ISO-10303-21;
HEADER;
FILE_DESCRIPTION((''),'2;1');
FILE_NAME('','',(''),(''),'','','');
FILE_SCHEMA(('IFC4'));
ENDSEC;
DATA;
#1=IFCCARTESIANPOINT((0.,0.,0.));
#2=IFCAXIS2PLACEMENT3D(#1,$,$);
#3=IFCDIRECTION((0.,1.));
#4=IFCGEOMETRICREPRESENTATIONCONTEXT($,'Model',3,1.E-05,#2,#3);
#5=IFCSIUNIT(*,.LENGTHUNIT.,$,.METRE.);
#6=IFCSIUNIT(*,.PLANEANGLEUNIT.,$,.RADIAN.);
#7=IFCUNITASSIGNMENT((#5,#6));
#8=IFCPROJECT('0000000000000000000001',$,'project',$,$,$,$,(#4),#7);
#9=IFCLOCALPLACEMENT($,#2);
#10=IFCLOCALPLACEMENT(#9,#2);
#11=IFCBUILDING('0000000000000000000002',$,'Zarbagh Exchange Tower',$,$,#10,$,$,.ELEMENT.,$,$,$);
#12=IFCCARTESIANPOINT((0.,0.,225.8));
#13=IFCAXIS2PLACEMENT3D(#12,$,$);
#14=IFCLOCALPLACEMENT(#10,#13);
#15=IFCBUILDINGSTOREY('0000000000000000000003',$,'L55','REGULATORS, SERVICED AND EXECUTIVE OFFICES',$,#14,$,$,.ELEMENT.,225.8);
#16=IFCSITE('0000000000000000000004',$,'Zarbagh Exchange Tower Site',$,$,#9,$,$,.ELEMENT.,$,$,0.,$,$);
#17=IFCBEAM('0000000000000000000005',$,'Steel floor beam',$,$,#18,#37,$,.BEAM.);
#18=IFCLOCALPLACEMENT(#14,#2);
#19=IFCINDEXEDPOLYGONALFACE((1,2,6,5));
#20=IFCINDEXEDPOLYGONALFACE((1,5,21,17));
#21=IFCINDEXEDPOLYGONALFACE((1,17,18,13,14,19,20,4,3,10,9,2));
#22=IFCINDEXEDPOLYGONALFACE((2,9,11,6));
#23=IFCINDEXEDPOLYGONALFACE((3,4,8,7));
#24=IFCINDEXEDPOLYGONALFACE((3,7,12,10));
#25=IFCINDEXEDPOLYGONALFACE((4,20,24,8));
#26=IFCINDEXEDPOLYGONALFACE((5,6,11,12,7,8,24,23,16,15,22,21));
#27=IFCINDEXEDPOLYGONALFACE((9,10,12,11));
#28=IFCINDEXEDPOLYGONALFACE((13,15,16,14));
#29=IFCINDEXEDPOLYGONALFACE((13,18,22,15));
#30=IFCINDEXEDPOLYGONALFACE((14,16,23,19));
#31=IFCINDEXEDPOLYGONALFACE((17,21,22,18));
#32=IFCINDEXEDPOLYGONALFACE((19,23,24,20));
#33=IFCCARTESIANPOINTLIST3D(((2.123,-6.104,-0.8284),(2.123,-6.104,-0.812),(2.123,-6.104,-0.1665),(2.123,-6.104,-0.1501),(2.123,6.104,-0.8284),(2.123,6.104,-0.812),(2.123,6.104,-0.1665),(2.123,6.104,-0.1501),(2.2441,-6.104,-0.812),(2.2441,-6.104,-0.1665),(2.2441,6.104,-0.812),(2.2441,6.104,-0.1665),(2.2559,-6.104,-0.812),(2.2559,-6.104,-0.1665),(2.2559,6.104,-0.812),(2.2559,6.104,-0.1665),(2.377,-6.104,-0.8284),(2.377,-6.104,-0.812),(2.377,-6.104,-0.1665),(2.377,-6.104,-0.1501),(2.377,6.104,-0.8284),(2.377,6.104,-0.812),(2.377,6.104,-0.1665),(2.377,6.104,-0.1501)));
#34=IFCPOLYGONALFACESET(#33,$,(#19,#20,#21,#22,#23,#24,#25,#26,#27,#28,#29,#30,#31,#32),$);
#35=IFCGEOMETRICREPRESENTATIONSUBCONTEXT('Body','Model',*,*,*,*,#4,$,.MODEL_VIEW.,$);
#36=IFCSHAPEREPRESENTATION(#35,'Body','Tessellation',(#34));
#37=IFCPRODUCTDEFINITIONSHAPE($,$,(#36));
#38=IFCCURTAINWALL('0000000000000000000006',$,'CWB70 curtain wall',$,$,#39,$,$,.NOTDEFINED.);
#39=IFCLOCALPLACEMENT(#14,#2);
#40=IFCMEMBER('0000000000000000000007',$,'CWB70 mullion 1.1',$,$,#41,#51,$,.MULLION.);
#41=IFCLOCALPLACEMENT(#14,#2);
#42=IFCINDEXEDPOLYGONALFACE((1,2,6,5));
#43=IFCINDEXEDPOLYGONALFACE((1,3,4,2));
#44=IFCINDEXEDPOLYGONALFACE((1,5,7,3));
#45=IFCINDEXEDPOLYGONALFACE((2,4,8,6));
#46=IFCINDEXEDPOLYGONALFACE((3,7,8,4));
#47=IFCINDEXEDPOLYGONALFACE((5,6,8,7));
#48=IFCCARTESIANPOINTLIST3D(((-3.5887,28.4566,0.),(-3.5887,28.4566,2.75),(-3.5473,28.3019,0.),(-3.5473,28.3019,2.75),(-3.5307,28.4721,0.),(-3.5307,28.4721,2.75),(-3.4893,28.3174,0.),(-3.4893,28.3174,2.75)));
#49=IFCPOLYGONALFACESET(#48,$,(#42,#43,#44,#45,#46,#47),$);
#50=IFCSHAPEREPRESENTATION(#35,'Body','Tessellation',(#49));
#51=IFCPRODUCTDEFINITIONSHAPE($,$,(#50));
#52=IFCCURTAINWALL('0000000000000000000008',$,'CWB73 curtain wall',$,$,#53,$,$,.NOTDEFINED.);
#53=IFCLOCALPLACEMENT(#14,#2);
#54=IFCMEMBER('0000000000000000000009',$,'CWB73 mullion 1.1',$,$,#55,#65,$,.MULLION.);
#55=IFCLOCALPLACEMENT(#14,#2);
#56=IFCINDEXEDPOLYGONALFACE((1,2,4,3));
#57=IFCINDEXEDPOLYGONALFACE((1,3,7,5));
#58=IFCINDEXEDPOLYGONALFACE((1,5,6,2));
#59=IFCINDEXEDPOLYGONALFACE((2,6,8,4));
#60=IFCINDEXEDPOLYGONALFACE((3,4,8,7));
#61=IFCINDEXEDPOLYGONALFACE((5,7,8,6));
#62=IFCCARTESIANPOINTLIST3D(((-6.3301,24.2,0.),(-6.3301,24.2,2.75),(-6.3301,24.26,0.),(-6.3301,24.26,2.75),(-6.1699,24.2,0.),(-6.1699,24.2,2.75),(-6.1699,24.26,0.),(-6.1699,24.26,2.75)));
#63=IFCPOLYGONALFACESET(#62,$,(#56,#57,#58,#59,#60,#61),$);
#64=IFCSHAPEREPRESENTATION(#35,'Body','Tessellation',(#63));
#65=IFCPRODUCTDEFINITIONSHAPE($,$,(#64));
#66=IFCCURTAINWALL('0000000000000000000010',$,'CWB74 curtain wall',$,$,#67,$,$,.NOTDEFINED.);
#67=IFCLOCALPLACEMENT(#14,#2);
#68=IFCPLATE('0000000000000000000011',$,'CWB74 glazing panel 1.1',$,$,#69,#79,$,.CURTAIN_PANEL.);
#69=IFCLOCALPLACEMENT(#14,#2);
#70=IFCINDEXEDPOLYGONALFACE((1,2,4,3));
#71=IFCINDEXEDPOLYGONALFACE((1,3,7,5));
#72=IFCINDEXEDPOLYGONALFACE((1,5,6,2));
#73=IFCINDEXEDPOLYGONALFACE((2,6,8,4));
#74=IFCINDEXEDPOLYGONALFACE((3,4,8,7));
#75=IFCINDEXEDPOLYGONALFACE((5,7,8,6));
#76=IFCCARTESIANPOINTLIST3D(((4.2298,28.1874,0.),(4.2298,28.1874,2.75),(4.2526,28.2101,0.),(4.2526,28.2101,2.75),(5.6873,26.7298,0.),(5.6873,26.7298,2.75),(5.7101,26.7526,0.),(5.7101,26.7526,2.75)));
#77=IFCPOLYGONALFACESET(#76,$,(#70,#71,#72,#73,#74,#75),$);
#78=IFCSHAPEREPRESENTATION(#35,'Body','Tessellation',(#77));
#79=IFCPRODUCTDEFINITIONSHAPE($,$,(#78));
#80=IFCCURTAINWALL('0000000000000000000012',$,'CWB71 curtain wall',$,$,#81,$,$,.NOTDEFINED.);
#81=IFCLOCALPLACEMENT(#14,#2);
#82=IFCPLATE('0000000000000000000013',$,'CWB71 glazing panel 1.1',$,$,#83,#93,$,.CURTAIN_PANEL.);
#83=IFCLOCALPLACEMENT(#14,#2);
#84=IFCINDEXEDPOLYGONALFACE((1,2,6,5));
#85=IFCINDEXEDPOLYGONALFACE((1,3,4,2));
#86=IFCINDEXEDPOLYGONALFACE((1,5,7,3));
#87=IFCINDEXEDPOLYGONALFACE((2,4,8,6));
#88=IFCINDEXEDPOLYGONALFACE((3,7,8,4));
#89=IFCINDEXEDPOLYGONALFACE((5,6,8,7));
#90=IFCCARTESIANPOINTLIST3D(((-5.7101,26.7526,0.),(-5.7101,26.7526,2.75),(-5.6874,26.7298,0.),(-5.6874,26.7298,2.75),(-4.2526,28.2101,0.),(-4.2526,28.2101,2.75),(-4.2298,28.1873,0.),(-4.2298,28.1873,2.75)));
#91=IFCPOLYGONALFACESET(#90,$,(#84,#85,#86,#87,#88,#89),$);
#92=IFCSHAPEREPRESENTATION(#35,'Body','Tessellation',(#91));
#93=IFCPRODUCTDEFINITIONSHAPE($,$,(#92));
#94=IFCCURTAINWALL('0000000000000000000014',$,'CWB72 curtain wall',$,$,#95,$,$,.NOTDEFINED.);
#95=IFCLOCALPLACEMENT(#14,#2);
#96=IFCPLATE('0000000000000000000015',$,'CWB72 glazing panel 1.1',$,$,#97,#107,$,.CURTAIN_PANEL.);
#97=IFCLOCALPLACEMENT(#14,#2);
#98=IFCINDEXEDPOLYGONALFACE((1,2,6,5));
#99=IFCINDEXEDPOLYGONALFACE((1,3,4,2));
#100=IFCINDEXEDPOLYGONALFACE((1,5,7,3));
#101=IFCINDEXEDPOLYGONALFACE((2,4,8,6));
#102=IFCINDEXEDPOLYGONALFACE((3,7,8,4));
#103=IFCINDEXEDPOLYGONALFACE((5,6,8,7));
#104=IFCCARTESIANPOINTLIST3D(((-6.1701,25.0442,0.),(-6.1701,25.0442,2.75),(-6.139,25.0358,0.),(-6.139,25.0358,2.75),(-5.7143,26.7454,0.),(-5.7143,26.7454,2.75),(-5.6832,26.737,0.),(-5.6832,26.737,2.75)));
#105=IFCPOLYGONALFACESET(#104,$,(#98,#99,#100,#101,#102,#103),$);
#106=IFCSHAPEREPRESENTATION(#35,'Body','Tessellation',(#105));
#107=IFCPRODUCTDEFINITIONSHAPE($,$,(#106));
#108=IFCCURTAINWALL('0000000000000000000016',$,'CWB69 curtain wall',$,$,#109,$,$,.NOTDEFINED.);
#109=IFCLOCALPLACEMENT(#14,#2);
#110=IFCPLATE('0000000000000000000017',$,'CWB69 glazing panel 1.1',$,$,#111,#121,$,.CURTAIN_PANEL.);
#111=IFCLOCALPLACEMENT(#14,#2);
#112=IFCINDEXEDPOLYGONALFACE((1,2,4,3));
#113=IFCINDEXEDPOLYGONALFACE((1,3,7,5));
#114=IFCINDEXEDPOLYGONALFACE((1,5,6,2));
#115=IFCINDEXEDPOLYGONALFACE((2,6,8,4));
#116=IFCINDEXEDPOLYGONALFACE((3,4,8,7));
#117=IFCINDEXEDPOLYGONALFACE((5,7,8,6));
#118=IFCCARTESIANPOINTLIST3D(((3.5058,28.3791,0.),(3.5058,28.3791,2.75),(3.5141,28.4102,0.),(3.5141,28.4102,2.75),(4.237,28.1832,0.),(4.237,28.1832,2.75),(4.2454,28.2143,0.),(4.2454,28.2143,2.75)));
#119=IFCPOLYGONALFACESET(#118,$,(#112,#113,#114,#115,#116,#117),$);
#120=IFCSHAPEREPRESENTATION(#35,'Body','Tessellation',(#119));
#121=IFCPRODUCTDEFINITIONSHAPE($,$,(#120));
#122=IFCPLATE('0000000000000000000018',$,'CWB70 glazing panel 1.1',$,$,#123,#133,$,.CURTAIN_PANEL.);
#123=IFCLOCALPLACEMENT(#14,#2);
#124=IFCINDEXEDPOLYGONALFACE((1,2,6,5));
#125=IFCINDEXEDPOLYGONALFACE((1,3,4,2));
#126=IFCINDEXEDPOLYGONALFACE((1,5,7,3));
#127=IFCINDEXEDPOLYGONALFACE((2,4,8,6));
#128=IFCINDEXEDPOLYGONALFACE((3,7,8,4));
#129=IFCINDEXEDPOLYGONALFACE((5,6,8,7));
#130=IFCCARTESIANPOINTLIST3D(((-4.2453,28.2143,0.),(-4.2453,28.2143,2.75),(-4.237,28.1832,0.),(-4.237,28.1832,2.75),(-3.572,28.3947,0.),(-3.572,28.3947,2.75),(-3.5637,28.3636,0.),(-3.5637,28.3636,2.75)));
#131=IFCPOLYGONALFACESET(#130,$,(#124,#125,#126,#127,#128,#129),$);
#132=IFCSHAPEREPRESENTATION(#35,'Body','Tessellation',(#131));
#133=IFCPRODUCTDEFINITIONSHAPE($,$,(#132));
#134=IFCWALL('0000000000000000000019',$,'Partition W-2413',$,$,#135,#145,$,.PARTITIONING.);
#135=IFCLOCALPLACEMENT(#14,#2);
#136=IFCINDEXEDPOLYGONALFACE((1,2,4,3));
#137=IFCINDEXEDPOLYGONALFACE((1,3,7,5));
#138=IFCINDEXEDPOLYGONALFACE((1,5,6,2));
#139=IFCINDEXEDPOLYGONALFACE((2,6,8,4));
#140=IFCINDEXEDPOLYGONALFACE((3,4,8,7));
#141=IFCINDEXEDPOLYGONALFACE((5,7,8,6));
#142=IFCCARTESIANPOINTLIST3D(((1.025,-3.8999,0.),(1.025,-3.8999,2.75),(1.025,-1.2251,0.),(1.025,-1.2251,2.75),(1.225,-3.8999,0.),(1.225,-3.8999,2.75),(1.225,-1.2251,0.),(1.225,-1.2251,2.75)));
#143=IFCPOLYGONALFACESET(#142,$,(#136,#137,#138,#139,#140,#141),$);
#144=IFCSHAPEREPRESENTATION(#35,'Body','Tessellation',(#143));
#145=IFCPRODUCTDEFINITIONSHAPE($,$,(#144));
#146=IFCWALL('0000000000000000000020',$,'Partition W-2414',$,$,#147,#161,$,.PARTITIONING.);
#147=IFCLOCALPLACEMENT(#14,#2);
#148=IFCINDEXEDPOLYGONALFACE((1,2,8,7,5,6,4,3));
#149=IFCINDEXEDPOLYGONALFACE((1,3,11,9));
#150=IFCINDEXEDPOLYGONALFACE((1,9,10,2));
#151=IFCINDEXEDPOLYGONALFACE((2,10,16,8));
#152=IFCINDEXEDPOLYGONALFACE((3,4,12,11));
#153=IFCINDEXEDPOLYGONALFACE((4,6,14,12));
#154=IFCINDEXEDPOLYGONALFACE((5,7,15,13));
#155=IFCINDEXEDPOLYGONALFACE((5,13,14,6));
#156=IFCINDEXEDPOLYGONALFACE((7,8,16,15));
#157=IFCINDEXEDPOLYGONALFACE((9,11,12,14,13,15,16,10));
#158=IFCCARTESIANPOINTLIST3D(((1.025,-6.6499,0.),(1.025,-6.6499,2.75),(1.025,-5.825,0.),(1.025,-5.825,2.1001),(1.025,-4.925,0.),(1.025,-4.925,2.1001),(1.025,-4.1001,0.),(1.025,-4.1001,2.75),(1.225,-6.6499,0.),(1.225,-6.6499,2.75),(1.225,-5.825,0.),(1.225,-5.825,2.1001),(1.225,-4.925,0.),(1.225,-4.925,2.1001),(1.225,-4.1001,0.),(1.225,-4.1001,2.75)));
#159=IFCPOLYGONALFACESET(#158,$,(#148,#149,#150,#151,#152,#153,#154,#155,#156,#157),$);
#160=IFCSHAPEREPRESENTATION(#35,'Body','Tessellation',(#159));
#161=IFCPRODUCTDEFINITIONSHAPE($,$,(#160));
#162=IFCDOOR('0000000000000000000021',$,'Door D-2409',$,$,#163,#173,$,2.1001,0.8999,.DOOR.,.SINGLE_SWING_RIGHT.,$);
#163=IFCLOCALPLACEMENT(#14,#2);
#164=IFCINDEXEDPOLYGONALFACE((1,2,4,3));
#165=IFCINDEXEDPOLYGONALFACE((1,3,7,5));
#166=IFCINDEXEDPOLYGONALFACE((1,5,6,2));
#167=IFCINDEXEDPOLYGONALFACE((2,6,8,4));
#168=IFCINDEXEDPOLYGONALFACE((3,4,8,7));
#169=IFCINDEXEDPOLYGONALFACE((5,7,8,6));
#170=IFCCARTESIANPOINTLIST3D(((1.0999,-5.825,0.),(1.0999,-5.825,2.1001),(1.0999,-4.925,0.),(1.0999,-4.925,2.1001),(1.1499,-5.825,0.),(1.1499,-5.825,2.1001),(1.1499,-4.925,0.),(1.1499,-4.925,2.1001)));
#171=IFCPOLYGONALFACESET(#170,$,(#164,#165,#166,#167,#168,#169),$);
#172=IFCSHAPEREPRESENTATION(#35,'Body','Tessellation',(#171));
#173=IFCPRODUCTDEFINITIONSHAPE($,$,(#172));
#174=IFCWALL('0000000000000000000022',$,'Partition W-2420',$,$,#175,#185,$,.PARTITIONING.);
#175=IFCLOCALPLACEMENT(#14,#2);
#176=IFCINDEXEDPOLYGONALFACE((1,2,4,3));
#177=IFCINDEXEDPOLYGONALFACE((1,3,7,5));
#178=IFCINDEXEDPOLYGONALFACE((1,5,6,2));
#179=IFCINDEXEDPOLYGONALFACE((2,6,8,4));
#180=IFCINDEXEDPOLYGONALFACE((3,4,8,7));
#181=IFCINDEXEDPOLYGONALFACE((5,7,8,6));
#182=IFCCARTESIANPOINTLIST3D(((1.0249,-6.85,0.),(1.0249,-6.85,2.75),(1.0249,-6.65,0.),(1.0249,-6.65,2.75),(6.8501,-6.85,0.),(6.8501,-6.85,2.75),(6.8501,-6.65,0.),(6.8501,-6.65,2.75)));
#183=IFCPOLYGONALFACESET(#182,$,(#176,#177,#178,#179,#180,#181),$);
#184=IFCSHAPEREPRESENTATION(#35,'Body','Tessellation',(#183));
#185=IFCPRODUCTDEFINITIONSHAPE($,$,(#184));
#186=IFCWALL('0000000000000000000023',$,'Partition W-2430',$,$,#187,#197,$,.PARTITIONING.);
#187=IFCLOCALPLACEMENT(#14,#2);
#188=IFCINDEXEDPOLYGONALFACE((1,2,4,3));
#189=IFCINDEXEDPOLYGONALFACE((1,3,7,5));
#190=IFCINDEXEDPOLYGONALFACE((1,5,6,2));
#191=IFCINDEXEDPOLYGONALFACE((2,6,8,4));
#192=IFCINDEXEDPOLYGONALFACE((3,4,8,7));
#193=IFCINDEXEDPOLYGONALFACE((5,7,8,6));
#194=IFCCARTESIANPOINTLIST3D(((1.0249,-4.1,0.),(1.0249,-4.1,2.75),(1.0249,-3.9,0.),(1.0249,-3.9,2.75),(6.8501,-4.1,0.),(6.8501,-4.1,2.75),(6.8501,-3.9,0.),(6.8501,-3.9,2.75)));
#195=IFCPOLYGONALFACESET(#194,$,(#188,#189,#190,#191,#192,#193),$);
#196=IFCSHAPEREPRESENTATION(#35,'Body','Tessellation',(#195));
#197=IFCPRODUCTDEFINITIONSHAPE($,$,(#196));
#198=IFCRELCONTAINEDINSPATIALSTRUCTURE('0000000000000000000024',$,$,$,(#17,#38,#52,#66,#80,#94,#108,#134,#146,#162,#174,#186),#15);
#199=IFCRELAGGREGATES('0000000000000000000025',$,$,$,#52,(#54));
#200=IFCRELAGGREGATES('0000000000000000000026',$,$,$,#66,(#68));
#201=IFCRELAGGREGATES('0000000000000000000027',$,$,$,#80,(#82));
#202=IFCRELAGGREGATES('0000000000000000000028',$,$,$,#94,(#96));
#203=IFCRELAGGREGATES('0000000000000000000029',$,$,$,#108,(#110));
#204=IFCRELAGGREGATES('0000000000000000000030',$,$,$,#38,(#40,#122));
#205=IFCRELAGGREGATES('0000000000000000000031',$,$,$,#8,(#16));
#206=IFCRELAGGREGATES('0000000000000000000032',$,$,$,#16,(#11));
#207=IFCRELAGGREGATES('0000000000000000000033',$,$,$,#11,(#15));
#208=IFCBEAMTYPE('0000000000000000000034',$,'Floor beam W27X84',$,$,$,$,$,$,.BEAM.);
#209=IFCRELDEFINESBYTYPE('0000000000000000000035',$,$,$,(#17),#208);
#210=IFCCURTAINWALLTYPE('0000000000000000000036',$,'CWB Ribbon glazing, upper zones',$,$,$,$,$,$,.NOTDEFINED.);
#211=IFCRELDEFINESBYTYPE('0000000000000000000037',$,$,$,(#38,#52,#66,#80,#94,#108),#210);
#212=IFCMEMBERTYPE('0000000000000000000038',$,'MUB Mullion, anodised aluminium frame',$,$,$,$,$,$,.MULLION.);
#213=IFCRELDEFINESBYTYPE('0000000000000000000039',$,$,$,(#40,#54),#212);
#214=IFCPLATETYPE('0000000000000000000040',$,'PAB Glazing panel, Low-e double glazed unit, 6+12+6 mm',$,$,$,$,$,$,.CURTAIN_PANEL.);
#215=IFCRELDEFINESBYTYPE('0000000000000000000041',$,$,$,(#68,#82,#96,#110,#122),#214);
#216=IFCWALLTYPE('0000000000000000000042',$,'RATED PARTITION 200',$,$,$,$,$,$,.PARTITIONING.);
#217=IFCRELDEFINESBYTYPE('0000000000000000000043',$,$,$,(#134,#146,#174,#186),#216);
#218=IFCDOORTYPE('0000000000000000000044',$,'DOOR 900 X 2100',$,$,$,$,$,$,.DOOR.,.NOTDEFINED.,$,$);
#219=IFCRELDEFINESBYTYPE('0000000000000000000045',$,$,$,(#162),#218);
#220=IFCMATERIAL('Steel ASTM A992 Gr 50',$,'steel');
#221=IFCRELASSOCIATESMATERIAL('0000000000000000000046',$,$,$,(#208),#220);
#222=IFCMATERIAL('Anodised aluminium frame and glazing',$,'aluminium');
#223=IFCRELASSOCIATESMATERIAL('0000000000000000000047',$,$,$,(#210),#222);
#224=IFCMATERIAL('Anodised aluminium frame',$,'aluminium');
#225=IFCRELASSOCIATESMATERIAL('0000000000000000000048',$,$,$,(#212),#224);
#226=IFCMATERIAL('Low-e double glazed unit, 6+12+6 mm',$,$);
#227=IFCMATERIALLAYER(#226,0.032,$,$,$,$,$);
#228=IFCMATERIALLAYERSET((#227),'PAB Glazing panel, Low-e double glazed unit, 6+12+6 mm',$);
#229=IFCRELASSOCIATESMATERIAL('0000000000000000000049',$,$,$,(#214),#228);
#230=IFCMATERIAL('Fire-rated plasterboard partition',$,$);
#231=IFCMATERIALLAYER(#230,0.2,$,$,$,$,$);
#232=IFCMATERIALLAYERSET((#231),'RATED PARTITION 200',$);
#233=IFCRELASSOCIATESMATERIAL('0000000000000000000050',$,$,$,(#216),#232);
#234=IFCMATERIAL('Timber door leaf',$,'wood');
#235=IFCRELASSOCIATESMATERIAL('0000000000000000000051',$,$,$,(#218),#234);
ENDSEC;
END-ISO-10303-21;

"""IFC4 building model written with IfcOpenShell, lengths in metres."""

from ifc_helpers import new_model, si_unit, direction, frame, frame_2d, origin, origin_2d, place, context, subcontext, project, spatial, polyline, rectangle, i_section, outline, extrude, source, transform, mapped, material, layer, layer_set, material_profile, profile_set, type_object, element, fill, aggregate, save


model = new_model("IFC4")

# Units and contexts
model_context = context("Model", 3, precision=1e-05, world=origin(), true_north=direction((0.0, 1.0)))
body_context = subcontext(model_context, "Body", "Model", "MODEL_VIEW")
ifc_project = project(units=[si_unit("LENGTHUNIT", "METRE"), si_unit("PLANEANGLEUNIT", "RADIAN")], contexts=[model_context])

# Site, building, storey
site_placement = place(None, origin())
site = spatial("IfcSite", under=ifc_project, at=site_placement, Name="Zarbagh Exchange Tower Site", CompositionType="ELEMENT", RefElevation=0.0)
building_placement = place(site_placement, origin())
building = spatial("IfcBuilding", under=site, at=building_placement, Name="Zarbagh Exchange Tower", CompositionType="ELEMENT")
storey_placement = place(building_placement, frame((0.0, 0.0, 225.8)))
storey = spatial("IfcBuildingStorey", under=building, at=storey_placement, Name="L55", Description="REGULATORS, SERVICED AND EXECUTIVE OFFICES", CompositionType="ELEMENT", Elevation=225.8)

# Beam
ifc_material_1 = material(Name="Steel ASTM A992 Gr 50", Category="steel")
ifc_material_profile = material_profile(ifc_material_1, i_section(OverallWidth=0.2539, OverallDepth=0.6782, WebThickness=0.0117, FlangeThickness=0.0164, at=origin_2d()), Name="W27X84")
ifc_profile_set = profile_set([ifc_material_profile], Name="Steel ASTM A992 Gr 50")
beam_type = type_object("IfcBeamType", Name="Floor beam W27X84", PredefinedType="BEAM", material=ifc_profile_set)
beam_placement = place(storey_placement, frame((2.25, -6.104, -0.4893), z_axis=(0.0, 1.0, 0.0), x_axis=(-1.0, 0.0, 0.0)))
element("IfcBeam", 1, at=beam_placement, inside=storey, type_object=beam_type, Name="Steel floor beam", PredefinedType="BEAM", context=body_context, shape_type="SweptSolid", body=[
    extrude(i_section(OverallWidth=0.2539, OverallDepth=0.6782, WebThickness=0.0117, FlangeThickness=0.0164, at=origin_2d()), origin(), (0.0, 0.0, 1.0), 12.208),
])

# Curtain walls, members
ifc_material_2 = material(Name="Anodised aluminium frame and glazing", Category="aluminium")
curtain_wall_type = type_object("IfcCurtainWallType", Name="CWB Ribbon glazing, upper zones", PredefinedType="NOTDEFINED", material=ifc_material_2)
curtain_wall_1_placement = place(storey_placement, origin())
curtain_wall_1 = element("IfcCurtainWall", 2, at=curtain_wall_1_placement, inside=storey, type_object=curtain_wall_type, Name="CWB70 curtain wall", PredefinedType="NOTDEFINED")
ifc_material_3 = material(Name="Anodised aluminium frame", Category="aluminium")
member_type = type_object("IfcMemberType", Name="MUB Mullion, anodised aluminium frame", PredefinedType="MULLION", material=ifc_material_3)
shared_shape_1 = source(origin(), body_context, "Body", "SweptSolid", [
    extrude(outline(polyline([(0.0, -0.0801), (0.0601, -0.0801), (0.0601, 0.0801), (0.0, 0.0801), (0.0, -0.0801)])), origin(), (0.0, 0.0, 1.0), 2.75),
])
placement = place(storey_placement, origin())
member_1 = element("IfcMember", 3, at=placement, type_object=member_type, Name="CWB70 mullion 1.1", PredefinedType="MULLION", context=body_context, shape_type="MappedRepresentation", body=[
    mapped(shared_shape_1, transform((-3.51, 28.3948, 0.0), x_axis=(-0.965924, -0.258825, 0.0), y_axis=(0.258825, -0.965924, 0.0), z_axis=(0.0, 0.0, 1.0))),
])
curtain_wall_2_placement = place(storey_placement, origin())
curtain_wall_2 = element("IfcCurtainWall", 4, at=curtain_wall_2_placement, inside=storey, type_object=curtain_wall_type, Name="CWB73 curtain wall", PredefinedType="NOTDEFINED")
member_2 = element("IfcMember", 5, at=placement, type_object=member_type, Name="CWB73 mullion 1.1", PredefinedType="MULLION", context=body_context, shape_type="MappedRepresentation", body=[
    mapped(shared_shape_1, transform((-6.25, 24.26, 0.0), x_axis=(0.0, -1.0, 0.0), y_axis=(1.0, 0.0, 0.0), z_axis=(0.0, 0.0, 1.0))),
])
aggregate(curtain_wall_2, [member_2])

# Curtain walls, plates
curtain_wall_3_placement = place(storey_placement, origin())
curtain_wall_3 = element("IfcCurtainWall", 6, at=curtain_wall_3_placement, inside=storey, type_object=curtain_wall_type, Name="CWB74 curtain wall", PredefinedType="NOTDEFINED")
ifc_material_4 = material(Name="Low-e double glazed unit, 6+12+6 mm")
ifc_layer_1 = layer(ifc_material_4, 0.032)
ifc_layer_set_1 = layer_set([ifc_layer_1], Name="PAB Glazing panel, Low-e double glazed unit, 6+12+6 mm")
plate_type = type_object("IfcPlateType", Name="PAB Glazing panel, Low-e double glazed unit, 6+12+6 mm", PredefinedType="CURTAIN_PANEL", material=ifc_layer_set_1)
shared_shape_2 = source(origin(), body_context, "Body", "SweptSolid", [
    extrude(outline(polyline([(0.0, -0.0161), (2.0613, -0.0161), (2.0613, 0.0161), (0.0, 0.0161), (0.0, -0.0161)])), origin(), (0.0, 0.0, 1.0), 2.75),
])
plate_1 = element("IfcPlate", 7, at=placement, type_object=plate_type, Name="CWB74 glazing panel 1.1", PredefinedType="CURTAIN_PANEL", context=body_context, shape_type="MappedRepresentation", body=[
    mapped(shared_shape_2, transform((5.6987, 26.7412, 0.0), x_axis=(-0.707107, 0.707107, 0.0), y_axis=(-0.707107, -0.707107, 0.0), z_axis=(0.0, 0.0, 1.0))),
])
aggregate(curtain_wall_3, [plate_1])
curtain_wall_4_placement = place(storey_placement, origin())
curtain_wall_4 = element("IfcCurtainWall", 8, at=curtain_wall_4_placement, inside=storey, type_object=curtain_wall_type, Name="CWB71 curtain wall", PredefinedType="NOTDEFINED")
plate_2 = element("IfcPlate", 9, at=placement, type_object=plate_type, Name="CWB71 glazing panel 1.1", PredefinedType="CURTAIN_PANEL", context=body_context, shape_type="MappedRepresentation", body=[
    mapped(shared_shape_2, transform((-4.2412, 28.1987, 0.0), x_axis=(-0.707107, -0.707107, 0.0), y_axis=(0.707107, -0.707107, 0.0), z_axis=(0.0, 0.0, 1.0))),
])
aggregate(curtain_wall_4, [plate_2])
curtain_wall_5_placement = place(storey_placement, origin())
curtain_wall_5 = element("IfcCurtainWall", 10, at=curtain_wall_5_placement, inside=storey, type_object=curtain_wall_type, Name="CWB72 curtain wall", PredefinedType="NOTDEFINED")
shared_shape_3 = source(origin(), body_context, "Body", "SweptSolid", [
    extrude(outline(polyline([(0.0, -0.0161), (1.7612, -0.0161), (1.7612, 0.0161), (0.0, 0.0161), (0.0, -0.0161)])), origin(), (0.0, 0.0, 1.0), 2.75),
])
plate_3 = element("IfcPlate", 11, at=placement, type_object=plate_type, Name="CWB72 glazing panel 1.1", PredefinedType="CURTAIN_PANEL", context=body_context, shape_type="MappedRepresentation", body=[
    mapped(shared_shape_3, transform((-5.6987, 26.7412, 0.0), x_axis=(-0.258825, -0.965924, 0.0), y_axis=(0.965924, -0.258825, 0.0), z_axis=(0.0, 0.0, 1.0))),
])
aggregate(curtain_wall_5, [plate_3])
curtain_wall_6_placement = place(storey_placement, origin())
curtain_wall_6 = element("IfcCurtainWall", 12, at=curtain_wall_6_placement, inside=storey, type_object=curtain_wall_type, Name="CWB69 curtain wall", PredefinedType="NOTDEFINED")
shared_shape_4 = source(origin(), body_context, "Body", "SweptSolid", [
    extrude(outline(polyline([(0.0, -0.0161), (0.7571, -0.0161), (0.7571, 0.0161), (0.0, 0.0161), (0.0, -0.0161)])), origin(), (0.0, 0.0, 1.0), 2.75),
])
plate_4 = element("IfcPlate", 13, at=placement, type_object=plate_type, Name="CWB69 glazing panel 1.1", PredefinedType="CURTAIN_PANEL", context=body_context, shape_type="MappedRepresentation", body=[
    mapped(shared_shape_4, transform((4.2412, 28.1987, 0.0), x_axis=(-0.965924, 0.258825, 0.0), y_axis=(-0.258825, -0.965924, 0.0), z_axis=(0.0, 0.0, 1.0))),
])
aggregate(curtain_wall_6, [plate_4])

# Plate
shared_shape_5 = source(origin(), body_context, "Body", "SweptSolid", [
    extrude(outline(polyline([(0.0, -0.0161), (0.697, -0.0161), (0.697, 0.0161), (0.0, 0.0161), (0.0, -0.0161)])), origin(), (0.0, 0.0, 1.0), 2.75),
])
plate_5 = element("IfcPlate", 14, at=placement, type_object=plate_type, Name="CWB70 glazing panel 1.1", PredefinedType="CURTAIN_PANEL", context=body_context, shape_type="MappedRepresentation", body=[
    mapped(shared_shape_5, transform((-3.5679, 28.3792, 0.0), x_axis=(-0.965924, -0.258825, 0.0), y_axis=(0.258825, -0.965924, 0.0), z_axis=(0.0, 0.0, 1.0))),
])
aggregate(curtain_wall_1, [member_1, plate_5])

# Wall
ifc_material_5 = material(Name="Fire-rated plasterboard partition")
ifc_layer_2 = layer(ifc_material_5, 0.2)
ifc_layer_set_2 = layer_set([ifc_layer_2], Name="RATED PARTITION 200")
wall_type_1 = type_object("IfcWallType", Name="RATED PARTITION 200", PredefinedType="PARTITIONING", material=ifc_layer_set_2)
wall_1_placement = place(storey_placement, frame((1.125, -3.8999, 0.0), z_axis=(0.0, 0.0, 1.0), x_axis=(0.0, 1.0, 0.0)))
element("IfcWall", 15, at=wall_1_placement, inside=storey, type_object=wall_type_1, Name="Partition W-2413", PredefinedType="PARTITIONING", context=body_context, shape_type="SweptSolid", body=[
    extrude(rectangle(XDim=2.6748, YDim=0.2, at=frame_2d((1.3374, 0.0))), origin(), (0.0, 0.0, 1.0), 2.75),
])

# Wall, opening, door
wall_2_placement = place(storey_placement, frame((1.125, -4.1001, 0.0), z_axis=(0.0, 0.0, 1.0), x_axis=(0.0, -1.0, 0.0)))
wall_2 = element("IfcWall", 16, at=wall_2_placement, inside=storey, type_object=wall_type_1, Name="Partition W-2414", PredefinedType="PARTITIONING", context=body_context, shape_type="SweptSolid", body=[
    extrude(rectangle(XDim=2.5498, YDim=0.2, at=frame_2d((1.2749, 0.0))), origin(), (0.0, 0.0, 1.0), 2.75),
])
opening_1_placement = place(wall_2_placement, frame((0.825, 0.0, 0.0)))
opening_1 = element("IfcOpeningElement", 17, at=opening_1_placement, cuts=wall_2, PredefinedType="OPENING", context=body_context, shape_type="SweptSolid", body=[
    extrude(rectangle(XDim=0.8999, YDim=2.1001, at=frame_2d((0.45, 1.05))), frame((0.0, 0.1099, 0.0), z_axis=(0.0, -1.0, 0.0), x_axis=(1.0, 0.0, 0.0)), (0.0, 0.0, 1.0), 0.22),
])
ifc_material_6 = material(Name="Timber door leaf", Category="wood")
door_type_1 = type_object("IfcDoorType", Name="DOOR 900 X 2100", OperationType="NOTDEFINED", PredefinedType="DOOR", material=ifc_material_6)
door_1_placement = place(opening_1_placement, origin())
door_1 = element("IfcDoor", 18, at=door_1_placement, inside=storey, type_object=door_type_1, Name="Door D-2409", OperationType="SINGLE_SWING_RIGHT", OverallHeight=2.1001, OverallWidth=0.8999, PredefinedType="DOOR", context=body_context, shape_type="SweptSolid", body=[
    extrude(rectangle(XDim=0.8999, YDim=2.1001, at=frame_2d((0.45, 1.05))), frame((0.0, 0.0249, 0.0), z_axis=(0.0, -1.0, 0.0), x_axis=(1.0, 0.0, 0.0)), (0.0, 0.0, 1.0), 0.05),
])
fill(opening_1, door_1)

# Walls
for number, where, z_axis, x_axis, name in (
    (19, (1.0249, -6.75, 0.0), (0.0, 0.0, 1.0), (1.0, 0.0, 0.0), "Partition W-2420"),
    (20, (1.0249, -4.0, 0.0), (0.0, 0.0, 1.0), (1.0, 0.0, 0.0), "Partition W-2430"),
):
    element("IfcWall", number, at=place(storey_placement, frame(where, z_axis=z_axis, x_axis=x_axis)), inside=storey, type_object=wall_type_1, Name=name, PredefinedType="PARTITIONING", context=body_context, shape_type="SweptSolid", body=[
        extrude(rectangle(XDim=5.8252, YDim=0.2, at=frame_2d((2.9126, 0.0))), origin(), (0.0, 0.0, 1.0), 2.75),
    ])

save(model, "model.ifc")
